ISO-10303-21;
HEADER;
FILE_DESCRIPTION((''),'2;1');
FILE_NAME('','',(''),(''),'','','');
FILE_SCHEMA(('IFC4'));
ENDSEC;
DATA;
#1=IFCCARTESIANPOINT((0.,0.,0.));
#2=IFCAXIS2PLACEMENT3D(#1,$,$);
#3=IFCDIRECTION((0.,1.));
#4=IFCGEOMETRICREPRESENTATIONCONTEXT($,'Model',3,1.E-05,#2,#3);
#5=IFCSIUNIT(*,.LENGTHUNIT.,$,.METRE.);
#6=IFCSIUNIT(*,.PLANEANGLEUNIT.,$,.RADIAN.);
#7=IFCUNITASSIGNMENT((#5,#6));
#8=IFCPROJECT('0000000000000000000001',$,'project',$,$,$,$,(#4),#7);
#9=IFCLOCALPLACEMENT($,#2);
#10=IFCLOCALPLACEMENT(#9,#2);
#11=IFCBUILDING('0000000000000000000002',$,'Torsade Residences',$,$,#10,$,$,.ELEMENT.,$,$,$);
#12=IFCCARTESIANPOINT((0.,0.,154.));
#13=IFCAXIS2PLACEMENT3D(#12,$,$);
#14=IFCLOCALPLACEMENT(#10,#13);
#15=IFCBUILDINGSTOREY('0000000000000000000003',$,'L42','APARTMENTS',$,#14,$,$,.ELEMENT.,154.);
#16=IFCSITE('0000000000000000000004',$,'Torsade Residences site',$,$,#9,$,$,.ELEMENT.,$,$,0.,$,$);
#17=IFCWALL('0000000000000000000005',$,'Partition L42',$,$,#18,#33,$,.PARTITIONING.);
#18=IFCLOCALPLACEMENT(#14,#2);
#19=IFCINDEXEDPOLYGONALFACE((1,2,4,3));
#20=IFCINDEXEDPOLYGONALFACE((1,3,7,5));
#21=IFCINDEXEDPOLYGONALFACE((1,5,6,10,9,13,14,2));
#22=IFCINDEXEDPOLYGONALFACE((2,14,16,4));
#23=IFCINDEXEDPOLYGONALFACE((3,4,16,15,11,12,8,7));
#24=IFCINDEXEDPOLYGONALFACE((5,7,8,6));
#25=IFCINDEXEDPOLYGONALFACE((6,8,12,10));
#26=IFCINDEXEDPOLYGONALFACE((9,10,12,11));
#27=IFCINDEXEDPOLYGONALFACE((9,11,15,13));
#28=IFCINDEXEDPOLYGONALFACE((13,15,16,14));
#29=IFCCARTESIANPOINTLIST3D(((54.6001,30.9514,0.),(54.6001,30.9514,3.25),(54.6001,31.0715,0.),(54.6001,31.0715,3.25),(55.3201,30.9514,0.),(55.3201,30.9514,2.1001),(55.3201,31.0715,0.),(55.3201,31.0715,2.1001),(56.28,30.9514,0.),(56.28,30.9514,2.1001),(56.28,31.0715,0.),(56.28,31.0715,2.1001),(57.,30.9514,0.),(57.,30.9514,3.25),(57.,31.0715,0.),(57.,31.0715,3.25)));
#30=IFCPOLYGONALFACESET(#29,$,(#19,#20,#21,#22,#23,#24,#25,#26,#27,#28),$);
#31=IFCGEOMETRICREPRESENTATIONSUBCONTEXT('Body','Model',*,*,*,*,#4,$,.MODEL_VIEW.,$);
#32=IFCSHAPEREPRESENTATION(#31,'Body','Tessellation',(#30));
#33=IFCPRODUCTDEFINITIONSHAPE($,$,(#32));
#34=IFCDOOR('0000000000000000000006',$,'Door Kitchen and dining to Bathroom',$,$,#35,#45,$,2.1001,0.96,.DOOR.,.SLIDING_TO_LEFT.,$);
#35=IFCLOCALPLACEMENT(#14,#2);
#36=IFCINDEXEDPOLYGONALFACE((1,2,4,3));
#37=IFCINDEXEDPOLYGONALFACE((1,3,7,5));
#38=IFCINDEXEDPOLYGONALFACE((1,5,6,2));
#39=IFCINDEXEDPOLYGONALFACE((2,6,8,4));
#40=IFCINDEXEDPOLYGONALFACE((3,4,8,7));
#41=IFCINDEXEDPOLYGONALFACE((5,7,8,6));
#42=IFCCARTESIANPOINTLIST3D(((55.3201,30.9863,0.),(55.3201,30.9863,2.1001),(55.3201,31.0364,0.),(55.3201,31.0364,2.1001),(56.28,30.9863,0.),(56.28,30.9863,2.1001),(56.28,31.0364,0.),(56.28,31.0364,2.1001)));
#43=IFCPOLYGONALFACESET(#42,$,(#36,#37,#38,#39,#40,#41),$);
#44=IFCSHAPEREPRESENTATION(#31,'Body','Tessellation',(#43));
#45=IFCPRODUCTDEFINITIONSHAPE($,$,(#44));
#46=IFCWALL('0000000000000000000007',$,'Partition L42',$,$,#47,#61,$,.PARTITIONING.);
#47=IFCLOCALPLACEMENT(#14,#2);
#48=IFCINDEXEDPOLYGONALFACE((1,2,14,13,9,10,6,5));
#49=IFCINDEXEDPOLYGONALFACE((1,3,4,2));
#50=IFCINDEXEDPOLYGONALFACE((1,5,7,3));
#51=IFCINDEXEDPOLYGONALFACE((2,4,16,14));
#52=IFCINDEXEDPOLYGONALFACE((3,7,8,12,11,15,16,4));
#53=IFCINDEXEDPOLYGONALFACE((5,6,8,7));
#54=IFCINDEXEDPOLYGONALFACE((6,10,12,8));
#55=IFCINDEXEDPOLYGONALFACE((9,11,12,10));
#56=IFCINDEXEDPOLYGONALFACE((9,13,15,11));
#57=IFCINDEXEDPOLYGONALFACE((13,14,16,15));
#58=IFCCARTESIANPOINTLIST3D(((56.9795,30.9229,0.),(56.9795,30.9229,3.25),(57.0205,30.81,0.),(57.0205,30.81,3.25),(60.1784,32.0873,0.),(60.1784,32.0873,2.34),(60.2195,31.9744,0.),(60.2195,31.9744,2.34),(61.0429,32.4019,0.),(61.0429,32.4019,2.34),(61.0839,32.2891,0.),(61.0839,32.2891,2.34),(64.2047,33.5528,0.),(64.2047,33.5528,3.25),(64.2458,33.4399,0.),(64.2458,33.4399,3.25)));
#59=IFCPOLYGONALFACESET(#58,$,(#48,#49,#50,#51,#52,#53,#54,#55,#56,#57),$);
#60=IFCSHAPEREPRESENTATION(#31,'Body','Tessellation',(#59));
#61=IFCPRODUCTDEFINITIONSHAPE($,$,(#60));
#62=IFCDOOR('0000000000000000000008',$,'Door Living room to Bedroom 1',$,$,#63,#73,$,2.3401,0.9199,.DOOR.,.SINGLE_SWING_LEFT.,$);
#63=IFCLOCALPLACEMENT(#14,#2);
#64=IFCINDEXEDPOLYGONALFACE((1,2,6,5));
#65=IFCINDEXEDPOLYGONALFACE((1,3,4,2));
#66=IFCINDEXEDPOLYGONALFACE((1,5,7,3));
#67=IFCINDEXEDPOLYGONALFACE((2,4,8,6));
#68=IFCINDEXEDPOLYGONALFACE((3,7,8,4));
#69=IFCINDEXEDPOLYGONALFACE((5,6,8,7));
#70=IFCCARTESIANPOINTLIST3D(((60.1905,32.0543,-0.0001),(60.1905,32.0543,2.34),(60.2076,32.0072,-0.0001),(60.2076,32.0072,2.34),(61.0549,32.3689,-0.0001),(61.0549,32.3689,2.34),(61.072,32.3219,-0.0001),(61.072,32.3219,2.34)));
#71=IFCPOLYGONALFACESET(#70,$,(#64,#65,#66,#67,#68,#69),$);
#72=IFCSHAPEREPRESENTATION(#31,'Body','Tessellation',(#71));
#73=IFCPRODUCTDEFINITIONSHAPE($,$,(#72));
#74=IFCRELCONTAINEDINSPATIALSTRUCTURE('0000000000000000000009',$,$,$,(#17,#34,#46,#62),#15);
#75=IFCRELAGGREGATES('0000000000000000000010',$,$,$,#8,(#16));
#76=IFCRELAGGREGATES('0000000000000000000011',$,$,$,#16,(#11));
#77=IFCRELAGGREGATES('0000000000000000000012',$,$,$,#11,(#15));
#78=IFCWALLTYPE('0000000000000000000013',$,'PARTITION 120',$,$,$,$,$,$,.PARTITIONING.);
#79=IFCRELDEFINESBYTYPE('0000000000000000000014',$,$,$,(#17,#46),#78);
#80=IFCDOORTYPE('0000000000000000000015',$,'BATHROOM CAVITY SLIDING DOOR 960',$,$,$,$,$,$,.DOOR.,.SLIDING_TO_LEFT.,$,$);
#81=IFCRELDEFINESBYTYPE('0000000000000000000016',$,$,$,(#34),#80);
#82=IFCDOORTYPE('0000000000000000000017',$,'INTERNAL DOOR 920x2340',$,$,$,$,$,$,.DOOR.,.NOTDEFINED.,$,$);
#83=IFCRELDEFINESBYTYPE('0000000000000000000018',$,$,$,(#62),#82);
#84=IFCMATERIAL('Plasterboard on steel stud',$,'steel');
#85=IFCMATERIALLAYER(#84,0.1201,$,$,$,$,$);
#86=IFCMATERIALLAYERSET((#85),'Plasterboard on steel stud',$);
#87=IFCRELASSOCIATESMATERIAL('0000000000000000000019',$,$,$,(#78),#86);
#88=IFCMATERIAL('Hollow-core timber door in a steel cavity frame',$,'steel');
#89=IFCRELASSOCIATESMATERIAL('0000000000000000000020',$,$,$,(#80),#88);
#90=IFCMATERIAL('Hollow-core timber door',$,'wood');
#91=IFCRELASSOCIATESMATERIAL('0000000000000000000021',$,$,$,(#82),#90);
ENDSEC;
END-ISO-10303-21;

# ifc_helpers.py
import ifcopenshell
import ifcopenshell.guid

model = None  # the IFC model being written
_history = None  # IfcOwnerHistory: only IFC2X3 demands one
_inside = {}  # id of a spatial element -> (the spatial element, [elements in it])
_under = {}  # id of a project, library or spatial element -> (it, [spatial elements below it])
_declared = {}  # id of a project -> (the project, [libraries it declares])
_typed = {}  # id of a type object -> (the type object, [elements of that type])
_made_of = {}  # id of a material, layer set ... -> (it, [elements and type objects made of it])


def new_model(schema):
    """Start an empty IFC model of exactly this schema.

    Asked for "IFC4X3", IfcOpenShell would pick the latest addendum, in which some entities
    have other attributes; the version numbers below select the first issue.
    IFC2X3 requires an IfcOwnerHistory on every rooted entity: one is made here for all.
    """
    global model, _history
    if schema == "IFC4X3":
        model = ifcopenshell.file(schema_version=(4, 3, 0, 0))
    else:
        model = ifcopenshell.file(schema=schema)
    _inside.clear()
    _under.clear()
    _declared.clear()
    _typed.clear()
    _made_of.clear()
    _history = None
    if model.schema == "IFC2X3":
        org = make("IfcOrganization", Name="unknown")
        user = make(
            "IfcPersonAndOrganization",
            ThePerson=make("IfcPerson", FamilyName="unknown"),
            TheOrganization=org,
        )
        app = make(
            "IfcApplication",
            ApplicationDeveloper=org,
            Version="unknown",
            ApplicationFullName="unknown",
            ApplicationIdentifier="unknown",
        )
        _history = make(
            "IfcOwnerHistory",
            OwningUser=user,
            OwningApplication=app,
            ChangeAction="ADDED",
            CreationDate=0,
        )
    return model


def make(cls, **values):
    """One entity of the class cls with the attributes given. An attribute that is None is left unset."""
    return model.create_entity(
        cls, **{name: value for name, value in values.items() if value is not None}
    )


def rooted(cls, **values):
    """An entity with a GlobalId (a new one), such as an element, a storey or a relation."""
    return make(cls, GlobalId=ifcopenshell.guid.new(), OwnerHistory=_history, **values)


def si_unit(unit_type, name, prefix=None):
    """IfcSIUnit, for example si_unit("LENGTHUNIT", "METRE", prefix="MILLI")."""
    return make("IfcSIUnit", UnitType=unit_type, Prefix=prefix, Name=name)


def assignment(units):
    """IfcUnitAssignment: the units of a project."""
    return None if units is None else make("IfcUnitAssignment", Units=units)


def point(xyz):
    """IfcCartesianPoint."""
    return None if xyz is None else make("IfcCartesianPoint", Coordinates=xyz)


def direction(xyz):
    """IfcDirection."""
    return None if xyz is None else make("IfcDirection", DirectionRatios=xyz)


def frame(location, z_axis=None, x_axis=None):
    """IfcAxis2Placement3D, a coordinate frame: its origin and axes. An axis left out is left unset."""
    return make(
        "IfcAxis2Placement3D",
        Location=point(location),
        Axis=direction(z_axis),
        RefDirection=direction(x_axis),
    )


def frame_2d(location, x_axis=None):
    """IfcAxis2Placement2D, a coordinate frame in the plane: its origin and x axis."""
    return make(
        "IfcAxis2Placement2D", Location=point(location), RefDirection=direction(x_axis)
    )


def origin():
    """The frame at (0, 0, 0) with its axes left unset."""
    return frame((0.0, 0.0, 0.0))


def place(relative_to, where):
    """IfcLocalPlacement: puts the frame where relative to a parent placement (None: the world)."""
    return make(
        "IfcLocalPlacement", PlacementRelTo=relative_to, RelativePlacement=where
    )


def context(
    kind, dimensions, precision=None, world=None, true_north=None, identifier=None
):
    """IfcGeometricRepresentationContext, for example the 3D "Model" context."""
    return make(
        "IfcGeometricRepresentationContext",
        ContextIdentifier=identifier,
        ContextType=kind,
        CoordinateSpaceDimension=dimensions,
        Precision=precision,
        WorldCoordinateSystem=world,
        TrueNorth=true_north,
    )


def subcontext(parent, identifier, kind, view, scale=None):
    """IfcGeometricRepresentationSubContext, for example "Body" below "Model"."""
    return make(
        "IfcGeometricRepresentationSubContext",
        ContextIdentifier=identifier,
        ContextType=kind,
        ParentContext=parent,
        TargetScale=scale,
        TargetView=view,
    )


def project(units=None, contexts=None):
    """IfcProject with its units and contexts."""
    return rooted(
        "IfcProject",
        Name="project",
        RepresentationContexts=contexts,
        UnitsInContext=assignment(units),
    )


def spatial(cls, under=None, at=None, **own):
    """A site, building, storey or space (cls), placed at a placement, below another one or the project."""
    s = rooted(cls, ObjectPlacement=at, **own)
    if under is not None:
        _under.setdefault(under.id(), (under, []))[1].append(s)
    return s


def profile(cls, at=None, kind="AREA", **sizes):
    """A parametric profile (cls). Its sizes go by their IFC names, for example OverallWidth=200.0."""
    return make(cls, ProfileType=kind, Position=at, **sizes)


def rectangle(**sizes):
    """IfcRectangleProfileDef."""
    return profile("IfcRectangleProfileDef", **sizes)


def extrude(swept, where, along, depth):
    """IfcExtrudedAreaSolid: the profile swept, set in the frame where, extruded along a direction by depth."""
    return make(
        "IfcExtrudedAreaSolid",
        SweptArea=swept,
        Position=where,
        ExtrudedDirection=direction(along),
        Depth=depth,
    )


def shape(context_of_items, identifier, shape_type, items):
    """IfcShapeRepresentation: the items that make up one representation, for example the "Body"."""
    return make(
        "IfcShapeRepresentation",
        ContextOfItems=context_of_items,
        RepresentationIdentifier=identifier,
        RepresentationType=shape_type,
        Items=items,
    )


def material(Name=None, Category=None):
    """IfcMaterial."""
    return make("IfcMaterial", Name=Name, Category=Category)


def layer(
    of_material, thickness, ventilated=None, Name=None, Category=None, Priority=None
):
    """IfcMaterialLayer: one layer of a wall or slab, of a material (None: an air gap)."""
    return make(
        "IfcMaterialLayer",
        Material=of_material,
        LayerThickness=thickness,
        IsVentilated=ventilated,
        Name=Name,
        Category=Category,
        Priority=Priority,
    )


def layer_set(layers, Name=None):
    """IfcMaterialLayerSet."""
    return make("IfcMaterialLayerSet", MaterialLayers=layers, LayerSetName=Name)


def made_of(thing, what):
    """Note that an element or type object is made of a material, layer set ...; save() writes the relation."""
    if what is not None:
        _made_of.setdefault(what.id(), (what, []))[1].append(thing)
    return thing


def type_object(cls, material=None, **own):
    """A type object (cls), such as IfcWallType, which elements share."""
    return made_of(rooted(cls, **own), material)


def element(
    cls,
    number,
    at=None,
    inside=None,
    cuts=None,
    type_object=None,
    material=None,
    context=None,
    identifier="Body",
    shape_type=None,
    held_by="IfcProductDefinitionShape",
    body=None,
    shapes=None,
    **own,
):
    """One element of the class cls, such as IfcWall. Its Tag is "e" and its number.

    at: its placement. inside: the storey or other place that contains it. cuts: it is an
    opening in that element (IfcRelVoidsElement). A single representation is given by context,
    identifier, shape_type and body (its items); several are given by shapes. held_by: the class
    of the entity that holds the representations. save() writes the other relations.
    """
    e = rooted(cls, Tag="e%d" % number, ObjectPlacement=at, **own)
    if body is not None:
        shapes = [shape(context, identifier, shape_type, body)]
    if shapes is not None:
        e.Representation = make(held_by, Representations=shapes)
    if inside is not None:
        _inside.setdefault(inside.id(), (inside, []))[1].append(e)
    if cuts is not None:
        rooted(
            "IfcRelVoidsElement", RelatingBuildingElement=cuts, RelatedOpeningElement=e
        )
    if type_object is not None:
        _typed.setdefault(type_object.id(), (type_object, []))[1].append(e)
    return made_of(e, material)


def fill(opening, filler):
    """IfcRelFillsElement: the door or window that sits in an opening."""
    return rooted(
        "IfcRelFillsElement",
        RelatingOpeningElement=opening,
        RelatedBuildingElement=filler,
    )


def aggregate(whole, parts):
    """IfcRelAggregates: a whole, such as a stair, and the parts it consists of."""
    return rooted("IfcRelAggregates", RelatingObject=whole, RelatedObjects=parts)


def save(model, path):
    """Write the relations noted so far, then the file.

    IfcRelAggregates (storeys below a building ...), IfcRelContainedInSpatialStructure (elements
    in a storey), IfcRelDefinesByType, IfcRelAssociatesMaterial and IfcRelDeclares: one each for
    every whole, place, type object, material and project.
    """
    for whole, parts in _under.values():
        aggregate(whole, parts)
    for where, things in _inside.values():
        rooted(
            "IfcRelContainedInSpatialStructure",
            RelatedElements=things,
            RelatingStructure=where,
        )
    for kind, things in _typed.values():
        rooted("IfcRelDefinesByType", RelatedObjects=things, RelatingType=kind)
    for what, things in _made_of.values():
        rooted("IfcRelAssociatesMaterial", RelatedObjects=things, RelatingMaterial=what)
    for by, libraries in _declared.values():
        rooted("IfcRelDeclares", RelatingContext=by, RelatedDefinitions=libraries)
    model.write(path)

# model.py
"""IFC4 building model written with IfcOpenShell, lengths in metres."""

from ifc_helpers import new_model, si_unit, direction, frame, frame_2d, origin, place, context, subcontext, project, spatial, rectangle, extrude, material, layer, layer_set, type_object, element, fill, save


model = new_model("IFC4")

# Units and contexts
model_context = context("Model", 3, precision=1e-05, world=origin(), true_north=direction((0.0, 1.0)))
body_context = subcontext(model_context, "Body", "Model", "MODEL_VIEW")
ifc_project = project(units=[si_unit("LENGTHUNIT", "METRE"), si_unit("PLANEANGLEUNIT", "RADIAN")], contexts=[model_context])

# Site, building, storey
site_placement = place(None, origin())
site = spatial("IfcSite", under=ifc_project, at=site_placement, Name="Torsade Residences site", CompositionType="ELEMENT", RefElevation=0.0)
building_placement = place(site_placement, origin())
building = spatial("IfcBuilding", under=site, at=building_placement, Name="Torsade Residences", CompositionType="ELEMENT")
storey_placement = place(building_placement, frame((0.0, 0.0, 154.0)))
storey = spatial("IfcBuildingStorey", under=building, at=storey_placement, Name="L42", Description="APARTMENTS", CompositionType="ELEMENT", Elevation=154.0)

# Walls, openings, doors
ifc_material_1 = material(Name="Plasterboard on steel stud", Category="steel")
ifc_layer_1 = layer(ifc_material_1, 0.1201)
ifc_layer_set_1 = layer_set([ifc_layer_1], Name="Plasterboard on steel stud")
wall_type_1 = type_object("IfcWallType", Name="PARTITION 120", PredefinedType="PARTITIONING", material=ifc_layer_set_1)
wall_1_placement = place(storey_placement, frame((54.6001, 31.0115, 0.0), z_axis=(0.0, 0.0, 1.0), x_axis=(1.0, 0.0, 0.0)))
wall_1 = element("IfcWall", 1, at=wall_1_placement, inside=storey, type_object=wall_type_1, Name="Partition L42", PredefinedType="PARTITIONING", context=body_context, shape_type="SweptSolid", body=[
    extrude(rectangle(XDim=2.3999, YDim=0.1201, at=frame_2d((1.2, 0.0))), origin(), (0.0, 0.0, 1.0), 3.25),
])
opening_1_placement = place(wall_1_placement, frame((0.72, 0.0, 0.0)))
opening_1 = element("IfcOpeningElement", 2, at=opening_1_placement, cuts=wall_1, PredefinedType="OPENING", context=body_context, shape_type="SweptSolid", body=[
    extrude(rectangle(XDim=0.96, YDim=2.1001, at=frame_2d((0.48, 1.05))), frame((0.0, 0.0701, 0.0), z_axis=(0.0, -1.0, 0.0), x_axis=(1.0, 0.0, 0.0)), (0.0, 0.0, 1.0), 0.1401),
])
ifc_material_2 = material(Name="Hollow-core timber door in a steel cavity frame", Category="steel")
door_type_1 = type_object("IfcDoorType", Name="BATHROOM CAVITY SLIDING DOOR 960", OperationType="SLIDING_TO_LEFT", PredefinedType="DOOR", material=ifc_material_2)
door_1_placement = place(opening_1_placement, origin())
door_1 = element("IfcDoor", 3, at=door_1_placement, inside=storey, type_object=door_type_1, Name="Door Kitchen and dining to Bathroom", OperationType="SLIDING_TO_LEFT", OverallHeight=2.1001, OverallWidth=0.96, PredefinedType="DOOR", context=body_context, shape_type="SweptSolid", body=[
    extrude(rectangle(XDim=0.96, YDim=2.1001, at=frame_2d((0.48, 1.05))), frame((0.0, 0.0249, 0.0), z_axis=(0.0, -1.0, 0.0), x_axis=(1.0, 0.0, 0.0)), (0.0, 0.0, 1.0), 0.05),
])
fill(opening_1, door_1)
wall_2_placement = place(storey_placement, frame((57.0, 30.8665, 0.0), z_axis=(0.0, 0.0, 1.0), x_axis=(0.939686, 0.342039, 0.0)))
wall_2 = element("IfcWall", 4, at=wall_2_placement, inside=storey, type_object=wall_type_1, Name="Partition L42", PredefinedType="PARTITIONING", context=body_context, shape_type="SweptSolid", body=[
    extrude(rectangle(XDim=7.689, YDim=0.1201, at=frame_2d((3.8445, 0.0))), origin(), (0.0, 0.0, 1.0), 3.25),
])
opening_2_placement = place(wall_2_placement, frame((3.4043, 0.0, 0.0)))
opening_2 = element("IfcOpeningElement", 5, at=opening_2_placement, cuts=wall_2, PredefinedType="OPENING", context=body_context, shape_type="SweptSolid", body=[
    extrude(rectangle(XDim=0.9199, YDim=2.3401, at=frame_2d((0.46, 1.1699))), frame((0.0, 0.0701, 0.0), z_axis=(0.0, -1.0, 0.0), x_axis=(1.0, 0.0, 0.0)), (0.0, 0.0, 1.0), 0.1401),
])
ifc_material_3 = material(Name="Hollow-core timber door", Category="wood")
door_type_2 = type_object("IfcDoorType", Name="INTERNAL DOOR 920x2340", OperationType="NOTDEFINED", PredefinedType="DOOR", material=ifc_material_3)
door_2_placement = place(opening_2_placement, origin())
door_2 = element("IfcDoor", 6, at=door_2_placement, inside=storey, type_object=door_type_2, Name="Door Living room to Bedroom 1", OperationType="SINGLE_SWING_LEFT", OverallHeight=2.3401, OverallWidth=0.9199, PredefinedType="DOOR", context=body_context, shape_type="SweptSolid", body=[
    extrude(rectangle(XDim=0.9199, YDim=2.3401, at=frame_2d((0.46, 1.1699))), frame((0.0, 0.0249, 0.0), z_axis=(0.0, -1.0, 0.0), x_axis=(1.0, 0.0, 0.0)), (0.0, 0.0, 1.0), 0.05),
])
fill(opening_2, door_2)

save(model, "model.ifc")
